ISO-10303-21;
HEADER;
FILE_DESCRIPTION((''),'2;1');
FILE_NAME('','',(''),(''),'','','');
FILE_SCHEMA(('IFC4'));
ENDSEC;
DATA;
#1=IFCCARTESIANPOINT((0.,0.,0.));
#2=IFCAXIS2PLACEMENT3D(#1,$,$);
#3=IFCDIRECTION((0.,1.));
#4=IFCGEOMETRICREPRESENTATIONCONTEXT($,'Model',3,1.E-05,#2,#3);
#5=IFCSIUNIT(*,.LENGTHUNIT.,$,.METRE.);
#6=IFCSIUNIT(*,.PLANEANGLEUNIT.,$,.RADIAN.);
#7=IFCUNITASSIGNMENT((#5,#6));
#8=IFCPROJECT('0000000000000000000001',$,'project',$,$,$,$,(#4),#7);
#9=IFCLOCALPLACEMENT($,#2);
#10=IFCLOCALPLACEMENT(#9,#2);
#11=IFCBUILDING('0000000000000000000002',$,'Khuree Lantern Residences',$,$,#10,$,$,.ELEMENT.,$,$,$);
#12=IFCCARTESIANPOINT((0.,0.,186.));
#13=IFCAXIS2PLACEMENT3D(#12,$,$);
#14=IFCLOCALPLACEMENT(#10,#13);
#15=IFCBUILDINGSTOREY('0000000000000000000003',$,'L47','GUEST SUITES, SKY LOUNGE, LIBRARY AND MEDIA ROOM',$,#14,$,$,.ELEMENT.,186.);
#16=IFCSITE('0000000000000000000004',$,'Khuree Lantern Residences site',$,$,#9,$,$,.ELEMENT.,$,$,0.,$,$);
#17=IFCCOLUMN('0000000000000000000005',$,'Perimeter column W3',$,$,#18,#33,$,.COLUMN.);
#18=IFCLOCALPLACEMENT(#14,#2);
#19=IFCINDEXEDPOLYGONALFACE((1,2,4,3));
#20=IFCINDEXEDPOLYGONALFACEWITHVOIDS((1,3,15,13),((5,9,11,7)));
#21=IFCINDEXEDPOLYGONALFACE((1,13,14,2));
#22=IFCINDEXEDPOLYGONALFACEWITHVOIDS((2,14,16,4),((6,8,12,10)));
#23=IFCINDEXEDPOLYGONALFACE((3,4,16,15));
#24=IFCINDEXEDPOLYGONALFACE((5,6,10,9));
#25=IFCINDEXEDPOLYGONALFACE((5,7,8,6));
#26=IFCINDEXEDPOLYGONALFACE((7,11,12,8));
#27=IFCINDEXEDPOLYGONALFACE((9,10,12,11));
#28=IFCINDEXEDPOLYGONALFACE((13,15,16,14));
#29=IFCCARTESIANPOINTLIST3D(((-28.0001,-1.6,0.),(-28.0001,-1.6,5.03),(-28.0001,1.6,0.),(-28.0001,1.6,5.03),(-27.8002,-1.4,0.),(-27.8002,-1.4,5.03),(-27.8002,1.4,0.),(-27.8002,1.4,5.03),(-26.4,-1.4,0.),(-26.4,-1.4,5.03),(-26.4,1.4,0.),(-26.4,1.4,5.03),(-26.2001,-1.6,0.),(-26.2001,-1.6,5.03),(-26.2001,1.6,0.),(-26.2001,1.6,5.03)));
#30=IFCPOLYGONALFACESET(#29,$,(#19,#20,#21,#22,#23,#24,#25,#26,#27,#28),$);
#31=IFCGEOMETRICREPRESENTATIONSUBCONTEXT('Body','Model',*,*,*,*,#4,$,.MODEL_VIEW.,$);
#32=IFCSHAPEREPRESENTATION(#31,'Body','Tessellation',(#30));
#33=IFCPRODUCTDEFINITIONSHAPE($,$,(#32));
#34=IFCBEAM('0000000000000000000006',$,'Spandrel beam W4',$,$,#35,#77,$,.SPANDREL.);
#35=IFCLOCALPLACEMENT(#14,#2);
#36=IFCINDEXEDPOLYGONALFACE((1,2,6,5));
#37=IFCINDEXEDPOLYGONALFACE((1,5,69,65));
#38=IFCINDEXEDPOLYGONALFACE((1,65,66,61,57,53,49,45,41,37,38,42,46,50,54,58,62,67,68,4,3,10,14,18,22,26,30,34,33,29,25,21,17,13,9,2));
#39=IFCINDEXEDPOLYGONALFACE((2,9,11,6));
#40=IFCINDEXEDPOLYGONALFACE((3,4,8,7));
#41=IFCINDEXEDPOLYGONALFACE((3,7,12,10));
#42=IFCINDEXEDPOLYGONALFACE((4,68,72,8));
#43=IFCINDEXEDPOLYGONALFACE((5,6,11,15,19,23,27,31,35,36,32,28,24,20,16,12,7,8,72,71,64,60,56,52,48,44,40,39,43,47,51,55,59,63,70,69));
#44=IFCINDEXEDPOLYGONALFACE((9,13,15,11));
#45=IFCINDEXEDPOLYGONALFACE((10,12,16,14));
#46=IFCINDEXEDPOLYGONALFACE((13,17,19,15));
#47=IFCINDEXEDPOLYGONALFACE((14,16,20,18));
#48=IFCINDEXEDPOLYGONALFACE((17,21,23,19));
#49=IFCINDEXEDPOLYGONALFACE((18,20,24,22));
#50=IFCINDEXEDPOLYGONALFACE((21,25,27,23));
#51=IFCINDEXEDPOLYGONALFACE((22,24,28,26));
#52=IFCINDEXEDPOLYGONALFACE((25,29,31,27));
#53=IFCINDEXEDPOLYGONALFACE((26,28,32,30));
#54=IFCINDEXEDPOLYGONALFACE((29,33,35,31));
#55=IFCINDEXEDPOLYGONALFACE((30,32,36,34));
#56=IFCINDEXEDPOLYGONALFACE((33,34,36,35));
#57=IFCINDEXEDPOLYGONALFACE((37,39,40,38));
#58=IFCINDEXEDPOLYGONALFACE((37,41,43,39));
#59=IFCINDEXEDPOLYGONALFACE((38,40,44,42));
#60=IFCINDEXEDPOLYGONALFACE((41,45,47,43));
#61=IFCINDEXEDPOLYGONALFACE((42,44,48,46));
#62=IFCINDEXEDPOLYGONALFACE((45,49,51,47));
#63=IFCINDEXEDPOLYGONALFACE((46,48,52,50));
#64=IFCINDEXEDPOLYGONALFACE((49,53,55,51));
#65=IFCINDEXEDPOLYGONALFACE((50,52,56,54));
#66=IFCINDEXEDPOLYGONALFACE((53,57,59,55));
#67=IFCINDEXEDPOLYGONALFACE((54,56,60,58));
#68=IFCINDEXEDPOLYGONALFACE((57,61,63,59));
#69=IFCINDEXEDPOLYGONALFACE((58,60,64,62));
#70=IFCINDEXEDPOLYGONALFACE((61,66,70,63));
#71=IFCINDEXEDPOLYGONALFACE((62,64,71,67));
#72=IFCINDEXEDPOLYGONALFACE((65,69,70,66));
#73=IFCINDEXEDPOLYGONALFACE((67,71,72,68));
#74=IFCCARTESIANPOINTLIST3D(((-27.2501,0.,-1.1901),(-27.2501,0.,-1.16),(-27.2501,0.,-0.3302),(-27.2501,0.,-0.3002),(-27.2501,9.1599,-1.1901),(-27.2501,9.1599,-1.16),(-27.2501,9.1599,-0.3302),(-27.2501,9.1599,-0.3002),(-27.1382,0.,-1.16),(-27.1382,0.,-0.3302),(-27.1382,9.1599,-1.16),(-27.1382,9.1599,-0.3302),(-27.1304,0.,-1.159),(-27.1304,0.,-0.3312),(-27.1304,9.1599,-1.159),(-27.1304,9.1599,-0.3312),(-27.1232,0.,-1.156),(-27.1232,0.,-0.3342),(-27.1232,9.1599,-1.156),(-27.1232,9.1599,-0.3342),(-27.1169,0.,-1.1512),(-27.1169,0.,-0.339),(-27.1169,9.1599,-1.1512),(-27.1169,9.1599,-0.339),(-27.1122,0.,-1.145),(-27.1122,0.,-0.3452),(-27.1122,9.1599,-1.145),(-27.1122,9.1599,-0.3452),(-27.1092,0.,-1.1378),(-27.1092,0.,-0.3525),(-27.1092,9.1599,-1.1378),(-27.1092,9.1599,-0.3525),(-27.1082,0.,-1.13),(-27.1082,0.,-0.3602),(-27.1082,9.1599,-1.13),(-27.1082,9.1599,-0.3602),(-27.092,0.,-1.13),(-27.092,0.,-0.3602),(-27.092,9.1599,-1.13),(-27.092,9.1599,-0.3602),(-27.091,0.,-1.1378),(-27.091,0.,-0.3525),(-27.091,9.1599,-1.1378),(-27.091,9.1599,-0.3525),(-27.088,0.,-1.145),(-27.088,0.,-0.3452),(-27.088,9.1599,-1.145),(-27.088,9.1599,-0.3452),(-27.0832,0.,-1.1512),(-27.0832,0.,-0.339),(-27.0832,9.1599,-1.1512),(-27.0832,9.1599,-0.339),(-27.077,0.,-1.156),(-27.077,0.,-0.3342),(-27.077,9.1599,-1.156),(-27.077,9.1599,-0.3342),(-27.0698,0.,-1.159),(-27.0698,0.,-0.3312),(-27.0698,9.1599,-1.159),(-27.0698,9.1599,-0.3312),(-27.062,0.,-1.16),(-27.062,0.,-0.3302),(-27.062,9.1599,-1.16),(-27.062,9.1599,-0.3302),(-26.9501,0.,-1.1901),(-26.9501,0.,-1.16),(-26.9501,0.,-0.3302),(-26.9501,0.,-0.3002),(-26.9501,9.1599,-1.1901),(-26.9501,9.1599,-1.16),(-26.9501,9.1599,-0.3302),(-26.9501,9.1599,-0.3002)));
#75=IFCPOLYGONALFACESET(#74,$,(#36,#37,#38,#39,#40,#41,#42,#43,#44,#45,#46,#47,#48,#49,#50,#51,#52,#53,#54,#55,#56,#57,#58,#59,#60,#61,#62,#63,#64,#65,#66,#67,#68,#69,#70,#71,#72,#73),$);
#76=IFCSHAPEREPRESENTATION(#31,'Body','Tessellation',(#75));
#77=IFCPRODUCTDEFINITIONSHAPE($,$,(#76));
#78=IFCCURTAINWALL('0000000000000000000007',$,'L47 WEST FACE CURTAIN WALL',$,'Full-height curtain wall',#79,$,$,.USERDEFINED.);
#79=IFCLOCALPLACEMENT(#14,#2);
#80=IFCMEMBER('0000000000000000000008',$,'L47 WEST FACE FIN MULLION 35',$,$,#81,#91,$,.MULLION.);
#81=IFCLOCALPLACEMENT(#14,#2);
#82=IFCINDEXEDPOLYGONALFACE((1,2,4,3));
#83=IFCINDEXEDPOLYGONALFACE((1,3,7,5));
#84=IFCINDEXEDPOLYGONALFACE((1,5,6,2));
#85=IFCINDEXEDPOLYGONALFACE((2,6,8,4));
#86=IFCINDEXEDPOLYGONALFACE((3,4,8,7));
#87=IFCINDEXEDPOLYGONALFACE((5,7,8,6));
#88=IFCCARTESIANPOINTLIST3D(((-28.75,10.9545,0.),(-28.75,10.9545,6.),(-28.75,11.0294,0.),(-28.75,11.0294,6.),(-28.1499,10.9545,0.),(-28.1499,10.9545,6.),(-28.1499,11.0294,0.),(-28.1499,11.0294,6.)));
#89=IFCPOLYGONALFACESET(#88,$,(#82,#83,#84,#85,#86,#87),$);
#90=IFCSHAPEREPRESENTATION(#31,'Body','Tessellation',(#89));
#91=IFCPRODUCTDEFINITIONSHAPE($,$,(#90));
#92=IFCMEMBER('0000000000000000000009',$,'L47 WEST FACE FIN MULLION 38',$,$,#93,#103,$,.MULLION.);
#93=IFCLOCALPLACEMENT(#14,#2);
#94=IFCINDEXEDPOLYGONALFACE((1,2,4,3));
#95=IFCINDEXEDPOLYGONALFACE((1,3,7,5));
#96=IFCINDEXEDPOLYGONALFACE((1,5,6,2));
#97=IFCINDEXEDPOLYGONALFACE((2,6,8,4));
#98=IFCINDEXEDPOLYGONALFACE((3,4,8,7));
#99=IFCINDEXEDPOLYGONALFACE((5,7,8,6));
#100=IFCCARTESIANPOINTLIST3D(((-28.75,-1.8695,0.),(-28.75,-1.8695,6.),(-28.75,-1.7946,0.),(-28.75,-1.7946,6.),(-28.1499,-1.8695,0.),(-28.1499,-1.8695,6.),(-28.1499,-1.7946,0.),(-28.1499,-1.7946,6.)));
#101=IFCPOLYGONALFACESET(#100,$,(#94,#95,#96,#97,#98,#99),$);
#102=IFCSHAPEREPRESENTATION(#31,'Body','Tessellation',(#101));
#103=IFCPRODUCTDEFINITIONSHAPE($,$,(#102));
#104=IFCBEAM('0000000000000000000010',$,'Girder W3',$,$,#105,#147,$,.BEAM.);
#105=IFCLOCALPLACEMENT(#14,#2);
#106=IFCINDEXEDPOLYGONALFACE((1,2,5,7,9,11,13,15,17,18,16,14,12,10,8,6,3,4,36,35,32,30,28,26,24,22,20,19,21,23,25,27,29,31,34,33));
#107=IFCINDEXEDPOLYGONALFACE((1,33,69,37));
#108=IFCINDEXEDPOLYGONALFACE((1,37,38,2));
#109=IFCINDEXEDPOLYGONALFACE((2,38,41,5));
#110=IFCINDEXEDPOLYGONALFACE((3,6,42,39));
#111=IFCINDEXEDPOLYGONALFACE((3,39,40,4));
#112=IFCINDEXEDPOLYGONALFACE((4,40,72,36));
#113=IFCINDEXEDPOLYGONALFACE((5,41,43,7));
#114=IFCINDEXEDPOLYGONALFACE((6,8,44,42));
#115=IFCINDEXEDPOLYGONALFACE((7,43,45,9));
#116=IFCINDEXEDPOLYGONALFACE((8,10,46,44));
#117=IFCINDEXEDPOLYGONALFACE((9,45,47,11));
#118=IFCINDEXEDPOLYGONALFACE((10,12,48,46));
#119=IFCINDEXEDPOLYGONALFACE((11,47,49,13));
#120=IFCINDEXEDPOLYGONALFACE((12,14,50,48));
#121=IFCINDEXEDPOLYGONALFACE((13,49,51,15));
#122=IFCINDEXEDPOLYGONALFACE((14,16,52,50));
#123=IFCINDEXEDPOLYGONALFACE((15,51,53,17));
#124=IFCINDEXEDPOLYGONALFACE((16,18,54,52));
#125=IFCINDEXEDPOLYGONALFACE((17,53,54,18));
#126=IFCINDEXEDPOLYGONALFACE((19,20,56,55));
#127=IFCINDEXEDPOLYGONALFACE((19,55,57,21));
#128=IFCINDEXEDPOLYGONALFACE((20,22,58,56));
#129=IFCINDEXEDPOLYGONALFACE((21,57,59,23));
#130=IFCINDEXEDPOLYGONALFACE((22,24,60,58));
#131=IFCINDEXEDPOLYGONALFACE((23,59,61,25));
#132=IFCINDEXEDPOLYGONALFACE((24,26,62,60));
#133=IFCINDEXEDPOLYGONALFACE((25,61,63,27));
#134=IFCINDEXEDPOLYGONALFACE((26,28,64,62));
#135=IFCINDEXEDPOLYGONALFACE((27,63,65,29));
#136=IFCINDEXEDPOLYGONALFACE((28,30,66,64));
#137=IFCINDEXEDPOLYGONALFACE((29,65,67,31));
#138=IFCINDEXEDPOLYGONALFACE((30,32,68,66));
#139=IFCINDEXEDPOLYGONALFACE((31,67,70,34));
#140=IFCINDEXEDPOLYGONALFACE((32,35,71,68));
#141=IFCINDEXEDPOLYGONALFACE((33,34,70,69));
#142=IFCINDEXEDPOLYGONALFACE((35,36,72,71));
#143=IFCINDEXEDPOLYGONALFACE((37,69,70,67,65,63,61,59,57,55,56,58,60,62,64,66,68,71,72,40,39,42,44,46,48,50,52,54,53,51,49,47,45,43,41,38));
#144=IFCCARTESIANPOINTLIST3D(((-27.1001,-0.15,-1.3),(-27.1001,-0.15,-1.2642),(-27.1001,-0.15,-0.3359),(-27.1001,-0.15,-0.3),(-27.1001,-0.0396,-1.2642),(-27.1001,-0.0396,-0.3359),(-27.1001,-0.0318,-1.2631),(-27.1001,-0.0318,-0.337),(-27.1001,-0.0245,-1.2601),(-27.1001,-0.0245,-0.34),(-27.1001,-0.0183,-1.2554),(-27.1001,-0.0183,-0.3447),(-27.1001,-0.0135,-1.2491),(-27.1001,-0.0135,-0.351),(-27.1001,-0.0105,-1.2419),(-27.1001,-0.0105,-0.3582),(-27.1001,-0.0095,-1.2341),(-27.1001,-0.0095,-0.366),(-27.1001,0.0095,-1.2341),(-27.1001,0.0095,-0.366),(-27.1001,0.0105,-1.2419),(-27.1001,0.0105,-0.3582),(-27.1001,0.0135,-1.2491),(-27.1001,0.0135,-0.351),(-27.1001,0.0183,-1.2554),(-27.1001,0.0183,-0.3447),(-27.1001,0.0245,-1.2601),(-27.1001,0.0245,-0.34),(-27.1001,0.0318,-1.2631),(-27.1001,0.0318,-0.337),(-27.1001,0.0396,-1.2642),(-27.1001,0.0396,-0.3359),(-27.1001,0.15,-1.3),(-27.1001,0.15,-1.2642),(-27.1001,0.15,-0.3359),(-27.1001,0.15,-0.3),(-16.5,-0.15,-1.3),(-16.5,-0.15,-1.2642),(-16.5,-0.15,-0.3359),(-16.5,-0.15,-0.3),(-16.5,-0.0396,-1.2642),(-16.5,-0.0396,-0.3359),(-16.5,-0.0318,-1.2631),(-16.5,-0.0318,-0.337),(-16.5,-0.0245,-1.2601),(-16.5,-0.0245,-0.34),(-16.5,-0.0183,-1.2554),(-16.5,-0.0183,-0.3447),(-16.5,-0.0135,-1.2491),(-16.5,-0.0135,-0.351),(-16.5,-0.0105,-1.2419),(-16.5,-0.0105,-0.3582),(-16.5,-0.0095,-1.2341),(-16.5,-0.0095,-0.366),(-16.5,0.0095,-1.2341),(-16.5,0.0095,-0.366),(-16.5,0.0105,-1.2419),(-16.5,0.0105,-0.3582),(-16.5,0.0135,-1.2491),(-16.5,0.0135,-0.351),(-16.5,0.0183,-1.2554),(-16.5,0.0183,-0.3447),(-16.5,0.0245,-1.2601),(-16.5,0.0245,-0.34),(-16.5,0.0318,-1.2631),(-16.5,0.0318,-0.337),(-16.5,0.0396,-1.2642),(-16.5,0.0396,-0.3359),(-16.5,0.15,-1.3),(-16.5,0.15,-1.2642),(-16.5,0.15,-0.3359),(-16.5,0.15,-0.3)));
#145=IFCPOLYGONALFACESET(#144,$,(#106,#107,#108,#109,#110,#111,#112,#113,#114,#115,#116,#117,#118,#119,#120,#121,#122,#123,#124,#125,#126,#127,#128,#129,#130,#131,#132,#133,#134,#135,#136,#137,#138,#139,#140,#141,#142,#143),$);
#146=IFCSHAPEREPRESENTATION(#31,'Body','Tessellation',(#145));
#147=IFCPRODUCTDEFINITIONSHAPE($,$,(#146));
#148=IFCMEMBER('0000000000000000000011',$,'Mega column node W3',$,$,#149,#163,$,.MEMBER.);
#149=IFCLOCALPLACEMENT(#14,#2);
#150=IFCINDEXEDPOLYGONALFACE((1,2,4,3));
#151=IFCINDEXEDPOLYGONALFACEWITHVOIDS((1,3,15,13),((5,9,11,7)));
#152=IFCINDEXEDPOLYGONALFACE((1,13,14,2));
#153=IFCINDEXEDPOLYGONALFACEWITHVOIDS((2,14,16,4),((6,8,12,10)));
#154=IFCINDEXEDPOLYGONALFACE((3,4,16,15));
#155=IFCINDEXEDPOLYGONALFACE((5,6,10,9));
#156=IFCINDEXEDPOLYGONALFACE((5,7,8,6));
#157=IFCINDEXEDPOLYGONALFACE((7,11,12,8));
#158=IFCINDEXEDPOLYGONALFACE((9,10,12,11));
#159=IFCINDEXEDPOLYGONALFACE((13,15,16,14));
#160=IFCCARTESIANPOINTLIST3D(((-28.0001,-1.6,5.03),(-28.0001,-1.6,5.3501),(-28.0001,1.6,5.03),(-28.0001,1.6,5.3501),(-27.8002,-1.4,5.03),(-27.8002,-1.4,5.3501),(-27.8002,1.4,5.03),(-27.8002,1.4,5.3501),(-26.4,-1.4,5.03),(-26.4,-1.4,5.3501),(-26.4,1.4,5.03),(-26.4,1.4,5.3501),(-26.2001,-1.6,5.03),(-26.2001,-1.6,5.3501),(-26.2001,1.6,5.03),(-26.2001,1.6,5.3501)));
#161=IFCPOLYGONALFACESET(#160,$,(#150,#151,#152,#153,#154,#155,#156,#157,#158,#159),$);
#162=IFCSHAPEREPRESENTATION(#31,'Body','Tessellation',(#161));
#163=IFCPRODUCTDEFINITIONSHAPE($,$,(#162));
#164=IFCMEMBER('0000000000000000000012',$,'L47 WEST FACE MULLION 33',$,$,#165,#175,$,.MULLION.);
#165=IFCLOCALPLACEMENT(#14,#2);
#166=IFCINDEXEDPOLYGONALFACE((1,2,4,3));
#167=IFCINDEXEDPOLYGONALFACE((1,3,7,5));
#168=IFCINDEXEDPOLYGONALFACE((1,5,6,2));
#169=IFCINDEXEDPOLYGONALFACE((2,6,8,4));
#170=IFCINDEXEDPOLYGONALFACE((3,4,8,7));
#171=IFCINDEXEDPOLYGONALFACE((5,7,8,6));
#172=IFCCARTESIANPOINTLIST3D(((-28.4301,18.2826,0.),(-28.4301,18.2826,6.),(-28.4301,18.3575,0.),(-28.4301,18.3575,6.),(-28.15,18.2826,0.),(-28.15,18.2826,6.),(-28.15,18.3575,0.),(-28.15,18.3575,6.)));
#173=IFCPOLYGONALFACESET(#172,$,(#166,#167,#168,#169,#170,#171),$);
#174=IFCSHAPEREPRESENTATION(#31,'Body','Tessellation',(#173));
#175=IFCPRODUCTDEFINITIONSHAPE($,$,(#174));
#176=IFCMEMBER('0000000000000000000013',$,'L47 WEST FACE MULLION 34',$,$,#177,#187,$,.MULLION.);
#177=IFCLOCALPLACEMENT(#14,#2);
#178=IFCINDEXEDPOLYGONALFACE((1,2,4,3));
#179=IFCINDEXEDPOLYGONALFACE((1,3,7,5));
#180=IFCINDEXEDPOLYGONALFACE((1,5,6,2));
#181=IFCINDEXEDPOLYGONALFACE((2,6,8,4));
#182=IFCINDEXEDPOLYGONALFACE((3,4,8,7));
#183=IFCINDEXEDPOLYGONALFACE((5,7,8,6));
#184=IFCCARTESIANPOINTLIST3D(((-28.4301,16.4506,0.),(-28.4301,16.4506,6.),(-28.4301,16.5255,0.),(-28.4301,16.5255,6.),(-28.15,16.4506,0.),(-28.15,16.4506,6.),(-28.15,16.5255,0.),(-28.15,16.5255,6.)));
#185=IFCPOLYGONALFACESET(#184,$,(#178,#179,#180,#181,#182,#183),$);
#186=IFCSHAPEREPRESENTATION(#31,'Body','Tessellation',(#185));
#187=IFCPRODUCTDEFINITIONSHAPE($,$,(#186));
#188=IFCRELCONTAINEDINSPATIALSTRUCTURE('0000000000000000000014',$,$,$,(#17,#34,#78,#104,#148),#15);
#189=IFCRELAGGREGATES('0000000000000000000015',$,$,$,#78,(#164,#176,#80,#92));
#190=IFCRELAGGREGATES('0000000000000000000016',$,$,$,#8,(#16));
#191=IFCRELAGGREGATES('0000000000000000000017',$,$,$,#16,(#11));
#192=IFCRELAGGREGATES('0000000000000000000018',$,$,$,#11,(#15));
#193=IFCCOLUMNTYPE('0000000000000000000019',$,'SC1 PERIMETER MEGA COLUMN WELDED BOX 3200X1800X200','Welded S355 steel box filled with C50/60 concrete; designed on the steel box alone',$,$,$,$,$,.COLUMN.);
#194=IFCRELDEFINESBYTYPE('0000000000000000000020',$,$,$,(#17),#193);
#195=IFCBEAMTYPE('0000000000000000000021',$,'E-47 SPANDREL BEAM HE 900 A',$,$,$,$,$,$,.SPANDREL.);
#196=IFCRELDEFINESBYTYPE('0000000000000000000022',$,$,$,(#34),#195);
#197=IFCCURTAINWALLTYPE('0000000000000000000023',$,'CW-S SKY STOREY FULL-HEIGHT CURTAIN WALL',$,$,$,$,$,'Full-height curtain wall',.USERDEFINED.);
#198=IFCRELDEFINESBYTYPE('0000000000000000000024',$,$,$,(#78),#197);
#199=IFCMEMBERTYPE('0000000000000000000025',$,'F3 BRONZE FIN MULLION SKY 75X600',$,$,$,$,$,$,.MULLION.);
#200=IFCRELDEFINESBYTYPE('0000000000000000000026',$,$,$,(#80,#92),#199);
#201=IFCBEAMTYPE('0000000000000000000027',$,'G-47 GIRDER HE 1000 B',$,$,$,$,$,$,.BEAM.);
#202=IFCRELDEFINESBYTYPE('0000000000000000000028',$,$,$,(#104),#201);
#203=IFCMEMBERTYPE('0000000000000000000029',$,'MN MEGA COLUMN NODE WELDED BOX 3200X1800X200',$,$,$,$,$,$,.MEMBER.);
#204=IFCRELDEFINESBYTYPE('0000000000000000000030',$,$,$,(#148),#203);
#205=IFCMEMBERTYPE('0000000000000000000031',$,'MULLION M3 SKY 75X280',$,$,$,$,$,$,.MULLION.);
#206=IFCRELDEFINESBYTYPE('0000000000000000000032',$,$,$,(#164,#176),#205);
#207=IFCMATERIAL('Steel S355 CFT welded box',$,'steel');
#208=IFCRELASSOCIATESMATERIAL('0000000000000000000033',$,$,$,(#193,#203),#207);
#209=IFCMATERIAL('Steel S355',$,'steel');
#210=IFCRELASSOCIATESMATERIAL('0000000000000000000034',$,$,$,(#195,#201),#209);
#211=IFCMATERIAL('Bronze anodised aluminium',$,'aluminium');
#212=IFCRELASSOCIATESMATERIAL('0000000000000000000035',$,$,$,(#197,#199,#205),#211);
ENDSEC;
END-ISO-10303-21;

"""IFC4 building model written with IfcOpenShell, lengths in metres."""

from ifc_helpers import new_model, si_unit, direction, frame, origin, origin_2d, place, context, subcontext, project, spatial, rectangle, hollow_rectangle, i_section, extrude, material, material_profile, profile_set, type_object, element, aggregate, save


model = new_model("IFC4")

# Units and contexts
model_context = context("Model", 3, precision=1e-05, world=origin(), true_north=direction((0.0, 1.0)))
body_context = subcontext(model_context, "Body", "Model", "MODEL_VIEW")
ifc_project = project(units=[si_unit("LENGTHUNIT", "METRE"), si_unit("PLANEANGLEUNIT", "RADIAN")], contexts=[model_context])

# Site, building, storey
site_placement = place(None, origin())
site = spatial("IfcSite", under=ifc_project, at=site_placement, Name="Khuree Lantern Residences site", CompositionType="ELEMENT", RefElevation=0.0)
building_placement = place(site_placement, origin())
building = spatial("IfcBuilding", under=site, at=building_placement, Name="Khuree Lantern Residences", CompositionType="ELEMENT")
storey_placement = place(building_placement, frame((0.0, 0.0, 186.0)))
storey = spatial("IfcBuildingStorey", under=building, at=storey_placement, Name="L47", Description="GUEST SUITES, SKY LOUNGE, LIBRARY AND MEDIA ROOM", CompositionType="ELEMENT", Elevation=186.0)

# Column
ifc_material_1 = material(Name="Steel S355 CFT welded box", Category="steel")
ifc_material_profile_1 = material_profile(ifc_material_1, hollow_rectangle(XDim=3.2, YDim=1.8, WallThickness=0.2, at=origin_2d()), Name="WELDED BOX 3200X1800X200")
ifc_profile_set_1 = profile_set([ifc_material_profile_1], Name="Steel S355 CFT welded box")
column_type = type_object("IfcColumnType", Name="SC1 PERIMETER MEGA COLUMN WELDED BOX 3200X1800X200", Description="Welded S355 steel box filled with C50/60 concrete; designed on the steel box alone", PredefinedType="COLUMN", material=ifc_profile_set_1)
column_placement = place(storey_placement, frame((-27.1001, 0.0, 0.0), z_axis=(0.0, 0.0, 1.0), x_axis=(0.0, 1.0, 0.0)))
element("IfcColumn", 1, at=column_placement, inside=storey, type_object=column_type, Name="Perimeter column W3", PredefinedType="COLUMN", context=body_context, shape_type="SweptSolid", body=[
    extrude(hollow_rectangle(XDim=3.2, YDim=1.8, WallThickness=0.2, at=origin_2d()), origin(), (0.0, 0.0, 1.0), 5.03),
])

# Beam
ifc_material_2 = material(Name="Steel S355", Category="steel")
ifc_material_profile_2 = material_profile(ifc_material_2, i_section(OverallWidth=0.3, OverallDepth=0.8899, WebThickness=0.0161, FlangeThickness=0.03, FilletRadius=0.03, at=origin_2d()), Name="HE 900 A")
ifc_profile_set_2 = profile_set([ifc_material_profile_2], Name="Steel S355")
beam_type_1 = type_object("IfcBeamType", Name="E-47 SPANDREL BEAM HE 900 A", PredefinedType="SPANDREL", material=ifc_profile_set_2)
beam_1_placement = place(storey_placement, frame((-27.1001, 0.0, -0.7451), z_axis=(0.0, 1.0, 0.0), x_axis=(-1.0, 0.0, 0.0)))
element("IfcBeam", 2, at=beam_1_placement, inside=storey, type_object=beam_type_1, Name="Spandrel beam W4", PredefinedType="SPANDREL", context=body_context, shape_type="SweptSolid", body=[
    extrude(i_section(OverallWidth=0.3, OverallDepth=0.8899, WebThickness=0.0161, FlangeThickness=0.03, FilletRadius=0.03, at=origin_2d()), origin(), (0.0, 0.0, 1.0), 9.1599),
])

# Curtain wall, members
ifc_material_3 = material(Name="Bronze anodised aluminium", Category="aluminium")
curtain_wall_type = type_object("IfcCurtainWallType", Name="CW-S SKY STOREY FULL-HEIGHT CURTAIN WALL", ElementType="Full-height curtain wall", PredefinedType="USERDEFINED", material=ifc_material_3)
curtain_wall_placement = place(storey_placement, origin())
curtain_wall = element("IfcCurtainWall", 3, at=curtain_wall_placement, inside=storey, type_object=curtain_wall_type, Name="L47 WEST FACE CURTAIN WALL", ObjectType="Full-height curtain wall", PredefinedType="USERDEFINED")
ifc_material_profile_3 = material_profile(ifc_material_3, rectangle(XDim=0.075, YDim=0.6001, at=origin_2d()), Name="F3 75X600")
ifc_profile_set_3 = profile_set([ifc_material_profile_3], Name="Bronze anodised aluminium")
member_type_1 = type_object("IfcMemberType", Name="F3 BRONZE FIN MULLION SKY 75X600", PredefinedType="MULLION", material=ifc_profile_set_3)
member_1_placement = place(storey_placement, frame((-28.45, 10.9919, 0.0), z_axis=(0.0, 0.0, 1.0), x_axis=(0.0, -1.0, 0.0)))
member_1 = element("IfcMember", 4, at=member_1_placement, type_object=member_type_1, Name="L47 WEST FACE FIN MULLION 35", PredefinedType="MULLION", context=body_context, shape_type="SweptSolid", body=[
    extrude(rectangle(XDim=0.075, YDim=0.6001, at=origin_2d()), origin(), (0.0, 0.0, 1.0), 6.0),
])
member_2_placement = place(storey_placement, frame((-28.45, -1.832, 0.0), z_axis=(0.0, 0.0, 1.0), x_axis=(0.0, -1.0, 0.0)))
member_2 = element("IfcMember", 5, at=member_2_placement, type_object=member_type_1, Name="L47 WEST FACE FIN MULLION 38", PredefinedType="MULLION", context=body_context, shape_type="SweptSolid", body=[
    extrude(rectangle(XDim=0.075, YDim=0.6001, at=origin_2d()), origin(), (0.0, 0.0, 1.0), 6.0),
])

# Beam
ifc_material_profile_4 = material_profile(ifc_material_2, i_section(OverallWidth=0.3, OverallDepth=1.0, WebThickness=0.019, FlangeThickness=0.0359, FilletRadius=0.03, at=origin_2d()), Name="HE 1000 B")
ifc_profile_set_4 = profile_set([ifc_material_profile_4], Name="Steel S355")
beam_type_2 = type_object("IfcBeamType", Name="G-47 GIRDER HE 1000 B", PredefinedType="BEAM", material=ifc_profile_set_4)
beam_2_placement = place(storey_placement, frame((-27.1001, 0.0, -0.8), z_axis=(1.0, 0.0, 0.0), x_axis=(0.0, 1.0, 0.0)))
element("IfcBeam", 6, at=beam_2_placement, inside=storey, type_object=beam_type_2, Name="Girder W3", PredefinedType="BEAM", context=body_context, shape_type="SweptSolid", body=[
    extrude(i_section(OverallWidth=0.3, OverallDepth=1.0, WebThickness=0.019, FlangeThickness=0.0359, FilletRadius=0.03, at=origin_2d()), origin(), (0.0, 0.0, 1.0), 10.6001),
])

# Members
ifc_material_profile_5 = material_profile(ifc_material_1, hollow_rectangle(XDim=3.2, YDim=1.8, WallThickness=0.2, at=origin_2d()), Name="WELDED BOX 3200X1800X200")
ifc_profile_set_5 = profile_set([ifc_material_profile_5], Name="Steel S355 CFT welded box")
member_type_2 = type_object("IfcMemberType", Name="MN MEGA COLUMN NODE WELDED BOX 3200X1800X200", PredefinedType="MEMBER", material=ifc_profile_set_5)
member_3_placement = place(storey_placement, frame((-27.1001, 0.0, 5.03), z_axis=(0.0, 0.0, 1.0), x_axis=(0.0, 1.0, 0.0)))
element("IfcMember", 7, at=member_3_placement, inside=storey, type_object=member_type_2, Name="Mega column node W3", PredefinedType="MEMBER", context=body_context, shape_type="SweptSolid", body=[
    extrude(hollow_rectangle(XDim=3.2, YDim=1.8, WallThickness=0.2, at=origin_2d()), origin(), (0.0, 0.0, 1.0), 0.3201),
])
ifc_material_profile_6 = material_profile(ifc_material_3, rectangle(XDim=0.075, YDim=0.28, at=origin_2d()), Name="M3 75X280")
ifc_profile_set_6 = profile_set([ifc_material_profile_6], Name="Bronze anodised aluminium")
member_type_3 = type_object("IfcMemberType", Name="MULLION M3 SKY 75X280", PredefinedType="MULLION", material=ifc_profile_set_6)
member_4_placement = place(storey_placement, frame((-28.29, 18.3201, 0.0), z_axis=(0.0, 0.0, 1.0), x_axis=(0.0, -1.0, 0.0)))
member_4 = element("IfcMember", 8, at=member_4_placement, type_object=member_type_3, Name="L47 WEST FACE MULLION 33", PredefinedType="MULLION", context=body_context, shape_type="SweptSolid", body=[
    extrude(rectangle(XDim=0.075, YDim=0.28, at=origin_2d()), origin(), (0.0, 0.0, 1.0), 6.0),
])
member_5_placement = place(storey_placement, frame((-28.29, 16.488, 0.0), z_axis=(0.0, 0.0, 1.0), x_axis=(0.0, -1.0, 0.0)))
member_5 = element("IfcMember", 9, at=member_5_placement, type_object=member_type_3, Name="L47 WEST FACE MULLION 34", PredefinedType="MULLION", context=body_context, shape_type="SweptSolid", body=[
    extrude(rectangle(XDim=0.075, YDim=0.28, at=origin_2d()), origin(), (0.0, 0.0, 1.0), 6.0),
])

aggregate(curtain_wall, [member_4, member_5, member_1, member_2])

save(model, "model.ifc")
